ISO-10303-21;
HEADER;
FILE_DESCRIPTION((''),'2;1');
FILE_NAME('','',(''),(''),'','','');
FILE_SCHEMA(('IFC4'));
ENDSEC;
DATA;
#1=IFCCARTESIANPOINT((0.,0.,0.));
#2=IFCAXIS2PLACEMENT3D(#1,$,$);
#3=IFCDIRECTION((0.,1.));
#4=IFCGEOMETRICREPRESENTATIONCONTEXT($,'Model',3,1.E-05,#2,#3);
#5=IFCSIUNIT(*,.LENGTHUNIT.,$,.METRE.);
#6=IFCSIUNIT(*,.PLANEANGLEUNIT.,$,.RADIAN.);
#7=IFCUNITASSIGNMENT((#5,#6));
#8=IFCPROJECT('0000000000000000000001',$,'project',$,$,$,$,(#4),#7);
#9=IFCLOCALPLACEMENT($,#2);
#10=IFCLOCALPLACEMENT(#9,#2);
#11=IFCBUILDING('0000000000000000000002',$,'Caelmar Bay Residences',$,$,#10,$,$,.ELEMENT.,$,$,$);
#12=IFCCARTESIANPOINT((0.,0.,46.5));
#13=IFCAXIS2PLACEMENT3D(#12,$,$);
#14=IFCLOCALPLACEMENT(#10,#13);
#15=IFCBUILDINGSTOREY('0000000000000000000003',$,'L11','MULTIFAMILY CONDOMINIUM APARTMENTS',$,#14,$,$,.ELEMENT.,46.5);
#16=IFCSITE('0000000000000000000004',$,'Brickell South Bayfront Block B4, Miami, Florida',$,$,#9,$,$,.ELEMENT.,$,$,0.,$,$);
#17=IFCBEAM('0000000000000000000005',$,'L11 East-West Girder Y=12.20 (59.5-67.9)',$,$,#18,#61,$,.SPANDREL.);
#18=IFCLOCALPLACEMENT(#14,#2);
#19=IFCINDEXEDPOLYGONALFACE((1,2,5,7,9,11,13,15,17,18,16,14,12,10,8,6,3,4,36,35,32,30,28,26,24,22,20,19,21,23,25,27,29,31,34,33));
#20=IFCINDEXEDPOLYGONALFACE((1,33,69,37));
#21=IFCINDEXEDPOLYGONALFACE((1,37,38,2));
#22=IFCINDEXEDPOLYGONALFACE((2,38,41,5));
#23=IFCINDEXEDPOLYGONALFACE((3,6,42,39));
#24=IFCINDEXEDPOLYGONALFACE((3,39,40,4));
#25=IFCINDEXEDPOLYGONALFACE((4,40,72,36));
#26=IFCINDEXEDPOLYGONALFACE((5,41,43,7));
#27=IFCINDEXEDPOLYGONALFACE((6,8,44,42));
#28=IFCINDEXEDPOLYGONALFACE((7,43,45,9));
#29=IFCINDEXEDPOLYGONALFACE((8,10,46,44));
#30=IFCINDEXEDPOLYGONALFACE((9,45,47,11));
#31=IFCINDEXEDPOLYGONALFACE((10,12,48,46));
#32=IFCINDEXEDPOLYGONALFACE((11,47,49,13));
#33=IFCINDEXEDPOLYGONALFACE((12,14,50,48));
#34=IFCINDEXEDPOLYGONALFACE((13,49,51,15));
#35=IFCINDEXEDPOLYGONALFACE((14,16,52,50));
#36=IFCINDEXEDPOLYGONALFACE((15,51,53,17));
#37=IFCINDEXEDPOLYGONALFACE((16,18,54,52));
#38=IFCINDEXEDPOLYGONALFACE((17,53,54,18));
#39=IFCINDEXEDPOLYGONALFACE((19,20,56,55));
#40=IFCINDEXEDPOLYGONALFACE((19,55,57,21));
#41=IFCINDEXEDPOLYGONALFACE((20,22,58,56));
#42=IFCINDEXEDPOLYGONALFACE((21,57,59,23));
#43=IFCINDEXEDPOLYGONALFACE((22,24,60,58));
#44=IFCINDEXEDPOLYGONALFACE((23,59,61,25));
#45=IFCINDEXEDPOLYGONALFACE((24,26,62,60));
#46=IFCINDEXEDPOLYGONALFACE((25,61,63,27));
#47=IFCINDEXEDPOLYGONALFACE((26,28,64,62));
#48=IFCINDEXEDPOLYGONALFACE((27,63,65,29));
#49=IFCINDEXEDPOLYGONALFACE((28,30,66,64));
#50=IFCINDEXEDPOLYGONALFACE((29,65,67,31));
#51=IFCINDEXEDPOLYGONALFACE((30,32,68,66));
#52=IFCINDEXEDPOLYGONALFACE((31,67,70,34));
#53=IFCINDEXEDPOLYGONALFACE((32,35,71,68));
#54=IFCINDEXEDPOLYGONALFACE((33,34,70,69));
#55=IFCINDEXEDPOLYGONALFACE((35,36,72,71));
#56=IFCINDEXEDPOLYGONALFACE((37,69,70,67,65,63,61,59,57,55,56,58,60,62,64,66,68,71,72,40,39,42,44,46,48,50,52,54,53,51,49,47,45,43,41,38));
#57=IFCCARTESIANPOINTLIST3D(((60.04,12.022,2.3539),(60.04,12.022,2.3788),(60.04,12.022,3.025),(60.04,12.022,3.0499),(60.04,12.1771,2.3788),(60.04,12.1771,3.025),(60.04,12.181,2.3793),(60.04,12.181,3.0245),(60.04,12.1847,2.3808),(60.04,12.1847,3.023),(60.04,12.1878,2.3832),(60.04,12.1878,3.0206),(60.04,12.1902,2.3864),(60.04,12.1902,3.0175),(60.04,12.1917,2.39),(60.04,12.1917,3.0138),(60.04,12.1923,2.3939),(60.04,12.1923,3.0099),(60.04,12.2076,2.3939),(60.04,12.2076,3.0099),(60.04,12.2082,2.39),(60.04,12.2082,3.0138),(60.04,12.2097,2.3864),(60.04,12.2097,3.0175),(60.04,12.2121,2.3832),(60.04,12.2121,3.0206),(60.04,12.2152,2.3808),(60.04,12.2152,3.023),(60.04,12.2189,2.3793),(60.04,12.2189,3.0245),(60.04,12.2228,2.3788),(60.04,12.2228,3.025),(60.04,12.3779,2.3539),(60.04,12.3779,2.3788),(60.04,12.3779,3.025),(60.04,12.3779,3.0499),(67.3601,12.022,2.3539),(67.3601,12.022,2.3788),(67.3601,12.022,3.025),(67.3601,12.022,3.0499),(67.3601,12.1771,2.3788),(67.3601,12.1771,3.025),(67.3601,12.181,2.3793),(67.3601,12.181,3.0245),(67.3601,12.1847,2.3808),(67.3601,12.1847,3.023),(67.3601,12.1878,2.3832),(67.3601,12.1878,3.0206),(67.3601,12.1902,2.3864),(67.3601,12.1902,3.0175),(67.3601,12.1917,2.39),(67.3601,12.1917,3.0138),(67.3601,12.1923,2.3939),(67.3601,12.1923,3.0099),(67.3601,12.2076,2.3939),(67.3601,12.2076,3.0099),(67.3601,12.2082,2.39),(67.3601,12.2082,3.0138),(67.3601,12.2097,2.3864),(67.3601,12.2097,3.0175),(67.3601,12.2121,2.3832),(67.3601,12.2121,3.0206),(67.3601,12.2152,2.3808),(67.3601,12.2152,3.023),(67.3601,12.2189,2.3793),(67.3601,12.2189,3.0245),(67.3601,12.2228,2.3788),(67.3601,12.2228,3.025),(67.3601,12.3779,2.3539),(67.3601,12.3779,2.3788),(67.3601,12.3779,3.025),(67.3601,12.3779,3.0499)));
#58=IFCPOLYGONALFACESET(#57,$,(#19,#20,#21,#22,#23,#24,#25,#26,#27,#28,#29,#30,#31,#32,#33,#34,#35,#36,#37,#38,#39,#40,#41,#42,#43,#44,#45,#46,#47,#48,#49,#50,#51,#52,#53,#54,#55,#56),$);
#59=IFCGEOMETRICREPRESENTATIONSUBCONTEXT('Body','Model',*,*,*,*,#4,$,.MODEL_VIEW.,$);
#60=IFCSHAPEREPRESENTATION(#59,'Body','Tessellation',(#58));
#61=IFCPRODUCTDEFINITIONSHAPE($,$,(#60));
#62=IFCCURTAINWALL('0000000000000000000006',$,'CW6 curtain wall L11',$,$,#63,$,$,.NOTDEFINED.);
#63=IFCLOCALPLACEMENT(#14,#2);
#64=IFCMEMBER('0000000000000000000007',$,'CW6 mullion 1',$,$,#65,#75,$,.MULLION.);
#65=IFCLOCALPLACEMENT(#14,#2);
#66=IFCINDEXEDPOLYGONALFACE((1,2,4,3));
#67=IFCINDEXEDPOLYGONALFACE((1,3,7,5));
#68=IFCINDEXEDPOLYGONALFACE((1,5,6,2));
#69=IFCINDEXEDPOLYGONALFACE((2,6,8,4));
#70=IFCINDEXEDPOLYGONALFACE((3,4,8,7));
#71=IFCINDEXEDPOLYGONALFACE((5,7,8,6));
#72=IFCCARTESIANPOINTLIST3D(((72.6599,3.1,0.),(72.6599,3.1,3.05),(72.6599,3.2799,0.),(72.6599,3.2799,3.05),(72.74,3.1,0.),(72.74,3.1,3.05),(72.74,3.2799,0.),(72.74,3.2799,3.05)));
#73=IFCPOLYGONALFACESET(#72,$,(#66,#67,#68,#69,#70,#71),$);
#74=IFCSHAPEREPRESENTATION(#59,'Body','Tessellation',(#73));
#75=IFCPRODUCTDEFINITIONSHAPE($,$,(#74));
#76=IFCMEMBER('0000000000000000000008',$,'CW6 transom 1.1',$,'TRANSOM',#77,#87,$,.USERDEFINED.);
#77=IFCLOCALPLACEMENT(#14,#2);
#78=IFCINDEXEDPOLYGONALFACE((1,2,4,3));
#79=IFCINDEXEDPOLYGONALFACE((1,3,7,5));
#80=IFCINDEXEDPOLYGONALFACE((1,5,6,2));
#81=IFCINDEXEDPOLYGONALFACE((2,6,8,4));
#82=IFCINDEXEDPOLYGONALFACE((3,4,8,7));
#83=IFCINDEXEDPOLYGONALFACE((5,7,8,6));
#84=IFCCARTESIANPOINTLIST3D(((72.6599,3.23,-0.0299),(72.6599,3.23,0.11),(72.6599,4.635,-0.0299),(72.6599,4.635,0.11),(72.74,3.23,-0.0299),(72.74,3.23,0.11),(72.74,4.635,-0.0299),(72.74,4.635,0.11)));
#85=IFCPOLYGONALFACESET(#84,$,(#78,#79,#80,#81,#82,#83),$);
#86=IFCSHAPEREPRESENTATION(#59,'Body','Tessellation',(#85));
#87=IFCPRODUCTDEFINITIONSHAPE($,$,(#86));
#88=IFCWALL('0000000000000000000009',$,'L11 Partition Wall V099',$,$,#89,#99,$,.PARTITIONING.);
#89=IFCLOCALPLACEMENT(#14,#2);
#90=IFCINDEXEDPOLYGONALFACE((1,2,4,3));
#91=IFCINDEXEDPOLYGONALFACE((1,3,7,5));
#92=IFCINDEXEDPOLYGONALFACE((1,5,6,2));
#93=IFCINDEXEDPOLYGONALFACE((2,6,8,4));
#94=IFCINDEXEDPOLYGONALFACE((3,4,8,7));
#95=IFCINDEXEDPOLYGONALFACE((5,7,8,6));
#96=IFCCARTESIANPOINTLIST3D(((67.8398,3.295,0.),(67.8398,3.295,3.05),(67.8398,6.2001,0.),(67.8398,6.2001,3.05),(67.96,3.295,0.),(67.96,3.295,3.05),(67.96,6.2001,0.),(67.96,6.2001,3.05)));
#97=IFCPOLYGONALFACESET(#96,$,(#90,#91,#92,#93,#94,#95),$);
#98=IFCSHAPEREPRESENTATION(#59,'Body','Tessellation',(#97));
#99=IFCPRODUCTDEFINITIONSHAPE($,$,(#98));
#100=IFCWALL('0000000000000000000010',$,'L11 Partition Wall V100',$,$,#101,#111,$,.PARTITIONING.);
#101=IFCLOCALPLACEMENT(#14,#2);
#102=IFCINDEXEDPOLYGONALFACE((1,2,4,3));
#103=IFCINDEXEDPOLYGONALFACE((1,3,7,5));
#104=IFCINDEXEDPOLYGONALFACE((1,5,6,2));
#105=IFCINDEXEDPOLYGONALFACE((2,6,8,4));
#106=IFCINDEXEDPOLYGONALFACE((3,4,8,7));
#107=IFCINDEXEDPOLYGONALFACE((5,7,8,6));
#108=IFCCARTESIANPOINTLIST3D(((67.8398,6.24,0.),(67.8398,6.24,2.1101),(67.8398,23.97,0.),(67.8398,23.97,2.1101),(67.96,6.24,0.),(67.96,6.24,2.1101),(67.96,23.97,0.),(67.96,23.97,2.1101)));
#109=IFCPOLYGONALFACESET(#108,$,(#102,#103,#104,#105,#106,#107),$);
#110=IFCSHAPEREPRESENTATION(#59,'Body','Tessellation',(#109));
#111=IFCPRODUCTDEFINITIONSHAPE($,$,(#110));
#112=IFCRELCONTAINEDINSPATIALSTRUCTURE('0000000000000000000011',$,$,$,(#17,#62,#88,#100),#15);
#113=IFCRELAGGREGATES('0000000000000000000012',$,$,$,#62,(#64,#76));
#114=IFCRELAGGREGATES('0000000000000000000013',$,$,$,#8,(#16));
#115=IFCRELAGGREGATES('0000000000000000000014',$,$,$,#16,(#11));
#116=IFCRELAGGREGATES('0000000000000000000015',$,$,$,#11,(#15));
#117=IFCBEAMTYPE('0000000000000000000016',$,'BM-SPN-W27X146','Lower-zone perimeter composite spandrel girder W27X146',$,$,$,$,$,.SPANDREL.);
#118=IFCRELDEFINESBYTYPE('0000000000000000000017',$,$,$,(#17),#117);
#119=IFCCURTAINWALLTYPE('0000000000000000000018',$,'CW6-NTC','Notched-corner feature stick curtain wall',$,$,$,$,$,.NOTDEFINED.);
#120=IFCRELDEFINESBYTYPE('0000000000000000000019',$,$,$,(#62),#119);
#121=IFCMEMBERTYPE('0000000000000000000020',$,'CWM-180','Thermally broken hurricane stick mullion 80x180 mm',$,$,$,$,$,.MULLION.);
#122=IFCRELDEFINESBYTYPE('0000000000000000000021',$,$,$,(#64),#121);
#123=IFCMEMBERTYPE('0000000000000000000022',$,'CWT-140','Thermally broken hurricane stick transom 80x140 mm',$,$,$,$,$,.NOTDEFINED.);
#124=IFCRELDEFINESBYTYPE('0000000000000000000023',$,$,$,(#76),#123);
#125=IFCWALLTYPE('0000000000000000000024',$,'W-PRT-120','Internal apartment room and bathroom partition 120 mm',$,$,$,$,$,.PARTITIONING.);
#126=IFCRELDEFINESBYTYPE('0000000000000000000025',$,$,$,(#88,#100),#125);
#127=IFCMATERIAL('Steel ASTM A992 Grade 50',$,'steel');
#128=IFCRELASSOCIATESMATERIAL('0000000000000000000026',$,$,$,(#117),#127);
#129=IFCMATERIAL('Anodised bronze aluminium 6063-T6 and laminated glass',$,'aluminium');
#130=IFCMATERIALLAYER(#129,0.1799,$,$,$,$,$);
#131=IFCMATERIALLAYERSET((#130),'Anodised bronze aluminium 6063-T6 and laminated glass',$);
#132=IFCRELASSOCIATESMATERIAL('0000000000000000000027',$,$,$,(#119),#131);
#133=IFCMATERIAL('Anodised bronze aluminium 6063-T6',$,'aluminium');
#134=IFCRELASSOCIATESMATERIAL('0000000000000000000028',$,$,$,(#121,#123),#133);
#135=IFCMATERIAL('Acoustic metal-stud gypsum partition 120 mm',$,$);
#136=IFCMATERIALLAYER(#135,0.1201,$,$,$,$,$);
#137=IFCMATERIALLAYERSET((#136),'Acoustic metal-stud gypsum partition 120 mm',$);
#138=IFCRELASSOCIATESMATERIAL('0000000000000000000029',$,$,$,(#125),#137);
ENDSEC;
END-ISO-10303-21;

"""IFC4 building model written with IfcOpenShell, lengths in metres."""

from ifc_helpers import new_model, si_unit, direction, frame, frame_2d, origin, origin_2d, place, context, subcontext, project, spatial, rectangle, i_section, extrude, material, layer, layer_set, material_profile, profile_set, type_object, element, aggregate, save


model = new_model("IFC4")

# Units and contexts
model_context = context("Model", 3, precision=1e-05, world=origin(), true_north=direction((0.0, 1.0)))
body_context = subcontext(model_context, "Body", "Model", "MODEL_VIEW")
ifc_project = project(units=[si_unit("LENGTHUNIT", "METRE"), si_unit("PLANEANGLEUNIT", "RADIAN")], contexts=[model_context])

# Site, building, storey
site_placement = place(None, origin())
site = spatial("IfcSite", under=ifc_project, at=site_placement, Name="Brickell South Bayfront Block B4, Miami, Florida", CompositionType="ELEMENT", RefElevation=0.0)
building_placement = place(site_placement, origin())
building = spatial("IfcBuilding", under=site, at=building_placement, Name="Caelmar Bay Residences", CompositionType="ELEMENT")
storey_placement = place(building_placement, frame((0.0, 0.0, 46.5)))
storey = spatial("IfcBuildingStorey", under=building, at=storey_placement, Name="L11", Description="MULTIFAMILY CONDOMINIUM APARTMENTS", CompositionType="ELEMENT", Elevation=46.5)

# Beam
ifc_material_1 = material(Name="Steel ASTM A992 Grade 50", Category="steel")
ifc_material_profile_1 = material_profile(ifc_material_1, i_section(OverallWidth=0.356, OverallDepth=0.696, WebThickness=0.0154, FlangeThickness=0.0249, FilletRadius=0.0151, at=origin_2d()), Name="W27X146")
ifc_profile_set_1 = profile_set([ifc_material_profile_1], Name="Steel ASTM A992 Grade 50")
beam_type_1 = type_object("IfcBeamType", Name="BM-SPN-W27X146", Description="Lower-zone perimeter composite spandrel girder W27X146", PredefinedType="SPANDREL", material=ifc_profile_set_1)
beam_1_placement = place(storey_placement, frame((60.04, 12.2, 2.7019), z_axis=(1.0, 0.0, 0.0), x_axis=(0.0, 1.0, 0.0)))
element("IfcBeam", 1, at=beam_1_placement, inside=storey, type_object=beam_type_1, Name="L11 East-West Girder Y=12.20 (59.5-67.9)", PredefinedType="SPANDREL", context=body_context, shape_type="SweptSolid", body=[
    extrude(i_section(OverallWidth=0.356, OverallDepth=0.696, WebThickness=0.0154, FlangeThickness=0.0249, FilletRadius=0.0151, at=origin_2d()), origin(), (0.0, 0.0, 1.0), 7.3201),
])

# Curtain wall, members
ifc_material_2 = material(Name="Anodised bronze aluminium 6063-T6 and laminated glass", Category="aluminium")
ifc_layer_1 = layer(ifc_material_2, 0.1799)
ifc_layer_set_1 = layer_set([ifc_layer_1], Name="Anodised bronze aluminium 6063-T6 and laminated glass")
curtain_wall_type = type_object("IfcCurtainWallType", Name="CW6-NTC", Description="Notched-corner feature stick curtain wall", PredefinedType="NOTDEFINED", material=ifc_layer_set_1)
curtain_wall_placement = place(storey_placement, origin())
curtain_wall = element("IfcCurtainWall", 2, at=curtain_wall_placement, inside=storey, type_object=curtain_wall_type, Name="CW6 curtain wall L11", PredefinedType="NOTDEFINED")
ifc_material_3 = material(Name="Anodised bronze aluminium 6063-T6", Category="aluminium")
ifc_material_profile_2 = material_profile(ifc_material_3, rectangle(XDim=0.0801, YDim=0.1799, at=origin_2d()), Name="CWM-80X180")
ifc_profile_set_2 = profile_set([ifc_material_profile_2], Name="Anodised bronze aluminium 6063-T6")
member_type_1 = type_object("IfcMemberType", Name="CWM-180", Description="Thermally broken hurricane stick mullion 80x180 mm", PredefinedType="MULLION", material=ifc_profile_set_2)
member_1_placement = place(storey_placement, frame((72.7, 3.1899, 0.0), z_axis=(0.0, 0.0, 1.0), x_axis=(-1.0, 0.0, 0.0)))
member_1 = element("IfcMember", 3, at=member_1_placement, type_object=member_type_1, Name="CW6 mullion 1", PredefinedType="MULLION", context=body_context, shape_type="SweptSolid", body=[
    extrude(rectangle(XDim=0.0801, YDim=0.1799, at=origin_2d()), origin(), (0.0, 0.0, 1.0), 3.05),
])
ifc_material_profile_3 = material_profile(ifc_material_3, rectangle(XDim=0.0801, YDim=0.1399, at=origin_2d()), Name="CWT-80X140")
ifc_profile_set_3 = profile_set([ifc_material_profile_3], Name="Anodised bronze aluminium 6063-T6")
member_type_2 = type_object("IfcMemberType", Name="CWT-140", Description="Thermally broken hurricane stick transom 80x140 mm", PredefinedType="NOTDEFINED", material=ifc_profile_set_3)
member_2_placement = place(storey_placement, frame((72.7, 3.23, 0.04), z_axis=(0.0, 1.0, 0.0), x_axis=(-1.0, 0.0, 0.0)))
member_2 = element("IfcMember", 4, at=member_2_placement, type_object=member_type_2, Name="CW6 transom 1.1", ObjectType="TRANSOM", PredefinedType="USERDEFINED", context=body_context, shape_type="SweptSolid", body=[
    extrude(rectangle(XDim=0.0801, YDim=0.1399, at=origin_2d()), origin(), (0.0, 0.0, 1.0), 1.405),
])
aggregate(curtain_wall, [member_1, member_2])

# Walls
ifc_material_4 = material(Name="Acoustic metal-stud gypsum partition 120 mm")
ifc_layer_2 = layer(ifc_material_4, 0.1201)
ifc_layer_set_2 = layer_set([ifc_layer_2], Name="Acoustic metal-stud gypsum partition 120 mm")
wall_type_1 = type_object("IfcWallType", Name="W-PRT-120", Description="Internal apartment room and bathroom partition 120 mm", PredefinedType="PARTITIONING", material=ifc_layer_set_2)
wall_1_placement = place(storey_placement, frame((67.8999, 3.2949, 0.0), z_axis=(0.0, 0.0, 1.0), x_axis=(0.0, 1.0, 0.0)))
element("IfcWall", 5, at=wall_1_placement, inside=storey, type_object=wall_type_1, Name="L11 Partition Wall V099", PredefinedType="PARTITIONING", context=body_context, shape_type="SweptSolid", body=[
    extrude(rectangle(XDim=2.905, YDim=0.1201, at=frame_2d((1.4526, 0.0))), origin(), (0.0, 0.0, 1.0), 3.05),
])
wall_2_placement = place(storey_placement, frame((67.8999, 6.24, 0.0), z_axis=(0.0, 0.0, 1.0), x_axis=(0.0, 1.0, 0.0)))
element("IfcWall", 6, at=wall_2_placement, inside=storey, type_object=wall_type_1, Name="L11 Partition Wall V100", PredefinedType="PARTITIONING", context=body_context, shape_type="SweptSolid", body=[
    extrude(rectangle(XDim=17.73, YDim=0.1201, at=frame_2d((8.865, 0.0))), origin(), (0.0, 0.0, 1.0), 2.1101),
])

save(model, "model.ifc")
